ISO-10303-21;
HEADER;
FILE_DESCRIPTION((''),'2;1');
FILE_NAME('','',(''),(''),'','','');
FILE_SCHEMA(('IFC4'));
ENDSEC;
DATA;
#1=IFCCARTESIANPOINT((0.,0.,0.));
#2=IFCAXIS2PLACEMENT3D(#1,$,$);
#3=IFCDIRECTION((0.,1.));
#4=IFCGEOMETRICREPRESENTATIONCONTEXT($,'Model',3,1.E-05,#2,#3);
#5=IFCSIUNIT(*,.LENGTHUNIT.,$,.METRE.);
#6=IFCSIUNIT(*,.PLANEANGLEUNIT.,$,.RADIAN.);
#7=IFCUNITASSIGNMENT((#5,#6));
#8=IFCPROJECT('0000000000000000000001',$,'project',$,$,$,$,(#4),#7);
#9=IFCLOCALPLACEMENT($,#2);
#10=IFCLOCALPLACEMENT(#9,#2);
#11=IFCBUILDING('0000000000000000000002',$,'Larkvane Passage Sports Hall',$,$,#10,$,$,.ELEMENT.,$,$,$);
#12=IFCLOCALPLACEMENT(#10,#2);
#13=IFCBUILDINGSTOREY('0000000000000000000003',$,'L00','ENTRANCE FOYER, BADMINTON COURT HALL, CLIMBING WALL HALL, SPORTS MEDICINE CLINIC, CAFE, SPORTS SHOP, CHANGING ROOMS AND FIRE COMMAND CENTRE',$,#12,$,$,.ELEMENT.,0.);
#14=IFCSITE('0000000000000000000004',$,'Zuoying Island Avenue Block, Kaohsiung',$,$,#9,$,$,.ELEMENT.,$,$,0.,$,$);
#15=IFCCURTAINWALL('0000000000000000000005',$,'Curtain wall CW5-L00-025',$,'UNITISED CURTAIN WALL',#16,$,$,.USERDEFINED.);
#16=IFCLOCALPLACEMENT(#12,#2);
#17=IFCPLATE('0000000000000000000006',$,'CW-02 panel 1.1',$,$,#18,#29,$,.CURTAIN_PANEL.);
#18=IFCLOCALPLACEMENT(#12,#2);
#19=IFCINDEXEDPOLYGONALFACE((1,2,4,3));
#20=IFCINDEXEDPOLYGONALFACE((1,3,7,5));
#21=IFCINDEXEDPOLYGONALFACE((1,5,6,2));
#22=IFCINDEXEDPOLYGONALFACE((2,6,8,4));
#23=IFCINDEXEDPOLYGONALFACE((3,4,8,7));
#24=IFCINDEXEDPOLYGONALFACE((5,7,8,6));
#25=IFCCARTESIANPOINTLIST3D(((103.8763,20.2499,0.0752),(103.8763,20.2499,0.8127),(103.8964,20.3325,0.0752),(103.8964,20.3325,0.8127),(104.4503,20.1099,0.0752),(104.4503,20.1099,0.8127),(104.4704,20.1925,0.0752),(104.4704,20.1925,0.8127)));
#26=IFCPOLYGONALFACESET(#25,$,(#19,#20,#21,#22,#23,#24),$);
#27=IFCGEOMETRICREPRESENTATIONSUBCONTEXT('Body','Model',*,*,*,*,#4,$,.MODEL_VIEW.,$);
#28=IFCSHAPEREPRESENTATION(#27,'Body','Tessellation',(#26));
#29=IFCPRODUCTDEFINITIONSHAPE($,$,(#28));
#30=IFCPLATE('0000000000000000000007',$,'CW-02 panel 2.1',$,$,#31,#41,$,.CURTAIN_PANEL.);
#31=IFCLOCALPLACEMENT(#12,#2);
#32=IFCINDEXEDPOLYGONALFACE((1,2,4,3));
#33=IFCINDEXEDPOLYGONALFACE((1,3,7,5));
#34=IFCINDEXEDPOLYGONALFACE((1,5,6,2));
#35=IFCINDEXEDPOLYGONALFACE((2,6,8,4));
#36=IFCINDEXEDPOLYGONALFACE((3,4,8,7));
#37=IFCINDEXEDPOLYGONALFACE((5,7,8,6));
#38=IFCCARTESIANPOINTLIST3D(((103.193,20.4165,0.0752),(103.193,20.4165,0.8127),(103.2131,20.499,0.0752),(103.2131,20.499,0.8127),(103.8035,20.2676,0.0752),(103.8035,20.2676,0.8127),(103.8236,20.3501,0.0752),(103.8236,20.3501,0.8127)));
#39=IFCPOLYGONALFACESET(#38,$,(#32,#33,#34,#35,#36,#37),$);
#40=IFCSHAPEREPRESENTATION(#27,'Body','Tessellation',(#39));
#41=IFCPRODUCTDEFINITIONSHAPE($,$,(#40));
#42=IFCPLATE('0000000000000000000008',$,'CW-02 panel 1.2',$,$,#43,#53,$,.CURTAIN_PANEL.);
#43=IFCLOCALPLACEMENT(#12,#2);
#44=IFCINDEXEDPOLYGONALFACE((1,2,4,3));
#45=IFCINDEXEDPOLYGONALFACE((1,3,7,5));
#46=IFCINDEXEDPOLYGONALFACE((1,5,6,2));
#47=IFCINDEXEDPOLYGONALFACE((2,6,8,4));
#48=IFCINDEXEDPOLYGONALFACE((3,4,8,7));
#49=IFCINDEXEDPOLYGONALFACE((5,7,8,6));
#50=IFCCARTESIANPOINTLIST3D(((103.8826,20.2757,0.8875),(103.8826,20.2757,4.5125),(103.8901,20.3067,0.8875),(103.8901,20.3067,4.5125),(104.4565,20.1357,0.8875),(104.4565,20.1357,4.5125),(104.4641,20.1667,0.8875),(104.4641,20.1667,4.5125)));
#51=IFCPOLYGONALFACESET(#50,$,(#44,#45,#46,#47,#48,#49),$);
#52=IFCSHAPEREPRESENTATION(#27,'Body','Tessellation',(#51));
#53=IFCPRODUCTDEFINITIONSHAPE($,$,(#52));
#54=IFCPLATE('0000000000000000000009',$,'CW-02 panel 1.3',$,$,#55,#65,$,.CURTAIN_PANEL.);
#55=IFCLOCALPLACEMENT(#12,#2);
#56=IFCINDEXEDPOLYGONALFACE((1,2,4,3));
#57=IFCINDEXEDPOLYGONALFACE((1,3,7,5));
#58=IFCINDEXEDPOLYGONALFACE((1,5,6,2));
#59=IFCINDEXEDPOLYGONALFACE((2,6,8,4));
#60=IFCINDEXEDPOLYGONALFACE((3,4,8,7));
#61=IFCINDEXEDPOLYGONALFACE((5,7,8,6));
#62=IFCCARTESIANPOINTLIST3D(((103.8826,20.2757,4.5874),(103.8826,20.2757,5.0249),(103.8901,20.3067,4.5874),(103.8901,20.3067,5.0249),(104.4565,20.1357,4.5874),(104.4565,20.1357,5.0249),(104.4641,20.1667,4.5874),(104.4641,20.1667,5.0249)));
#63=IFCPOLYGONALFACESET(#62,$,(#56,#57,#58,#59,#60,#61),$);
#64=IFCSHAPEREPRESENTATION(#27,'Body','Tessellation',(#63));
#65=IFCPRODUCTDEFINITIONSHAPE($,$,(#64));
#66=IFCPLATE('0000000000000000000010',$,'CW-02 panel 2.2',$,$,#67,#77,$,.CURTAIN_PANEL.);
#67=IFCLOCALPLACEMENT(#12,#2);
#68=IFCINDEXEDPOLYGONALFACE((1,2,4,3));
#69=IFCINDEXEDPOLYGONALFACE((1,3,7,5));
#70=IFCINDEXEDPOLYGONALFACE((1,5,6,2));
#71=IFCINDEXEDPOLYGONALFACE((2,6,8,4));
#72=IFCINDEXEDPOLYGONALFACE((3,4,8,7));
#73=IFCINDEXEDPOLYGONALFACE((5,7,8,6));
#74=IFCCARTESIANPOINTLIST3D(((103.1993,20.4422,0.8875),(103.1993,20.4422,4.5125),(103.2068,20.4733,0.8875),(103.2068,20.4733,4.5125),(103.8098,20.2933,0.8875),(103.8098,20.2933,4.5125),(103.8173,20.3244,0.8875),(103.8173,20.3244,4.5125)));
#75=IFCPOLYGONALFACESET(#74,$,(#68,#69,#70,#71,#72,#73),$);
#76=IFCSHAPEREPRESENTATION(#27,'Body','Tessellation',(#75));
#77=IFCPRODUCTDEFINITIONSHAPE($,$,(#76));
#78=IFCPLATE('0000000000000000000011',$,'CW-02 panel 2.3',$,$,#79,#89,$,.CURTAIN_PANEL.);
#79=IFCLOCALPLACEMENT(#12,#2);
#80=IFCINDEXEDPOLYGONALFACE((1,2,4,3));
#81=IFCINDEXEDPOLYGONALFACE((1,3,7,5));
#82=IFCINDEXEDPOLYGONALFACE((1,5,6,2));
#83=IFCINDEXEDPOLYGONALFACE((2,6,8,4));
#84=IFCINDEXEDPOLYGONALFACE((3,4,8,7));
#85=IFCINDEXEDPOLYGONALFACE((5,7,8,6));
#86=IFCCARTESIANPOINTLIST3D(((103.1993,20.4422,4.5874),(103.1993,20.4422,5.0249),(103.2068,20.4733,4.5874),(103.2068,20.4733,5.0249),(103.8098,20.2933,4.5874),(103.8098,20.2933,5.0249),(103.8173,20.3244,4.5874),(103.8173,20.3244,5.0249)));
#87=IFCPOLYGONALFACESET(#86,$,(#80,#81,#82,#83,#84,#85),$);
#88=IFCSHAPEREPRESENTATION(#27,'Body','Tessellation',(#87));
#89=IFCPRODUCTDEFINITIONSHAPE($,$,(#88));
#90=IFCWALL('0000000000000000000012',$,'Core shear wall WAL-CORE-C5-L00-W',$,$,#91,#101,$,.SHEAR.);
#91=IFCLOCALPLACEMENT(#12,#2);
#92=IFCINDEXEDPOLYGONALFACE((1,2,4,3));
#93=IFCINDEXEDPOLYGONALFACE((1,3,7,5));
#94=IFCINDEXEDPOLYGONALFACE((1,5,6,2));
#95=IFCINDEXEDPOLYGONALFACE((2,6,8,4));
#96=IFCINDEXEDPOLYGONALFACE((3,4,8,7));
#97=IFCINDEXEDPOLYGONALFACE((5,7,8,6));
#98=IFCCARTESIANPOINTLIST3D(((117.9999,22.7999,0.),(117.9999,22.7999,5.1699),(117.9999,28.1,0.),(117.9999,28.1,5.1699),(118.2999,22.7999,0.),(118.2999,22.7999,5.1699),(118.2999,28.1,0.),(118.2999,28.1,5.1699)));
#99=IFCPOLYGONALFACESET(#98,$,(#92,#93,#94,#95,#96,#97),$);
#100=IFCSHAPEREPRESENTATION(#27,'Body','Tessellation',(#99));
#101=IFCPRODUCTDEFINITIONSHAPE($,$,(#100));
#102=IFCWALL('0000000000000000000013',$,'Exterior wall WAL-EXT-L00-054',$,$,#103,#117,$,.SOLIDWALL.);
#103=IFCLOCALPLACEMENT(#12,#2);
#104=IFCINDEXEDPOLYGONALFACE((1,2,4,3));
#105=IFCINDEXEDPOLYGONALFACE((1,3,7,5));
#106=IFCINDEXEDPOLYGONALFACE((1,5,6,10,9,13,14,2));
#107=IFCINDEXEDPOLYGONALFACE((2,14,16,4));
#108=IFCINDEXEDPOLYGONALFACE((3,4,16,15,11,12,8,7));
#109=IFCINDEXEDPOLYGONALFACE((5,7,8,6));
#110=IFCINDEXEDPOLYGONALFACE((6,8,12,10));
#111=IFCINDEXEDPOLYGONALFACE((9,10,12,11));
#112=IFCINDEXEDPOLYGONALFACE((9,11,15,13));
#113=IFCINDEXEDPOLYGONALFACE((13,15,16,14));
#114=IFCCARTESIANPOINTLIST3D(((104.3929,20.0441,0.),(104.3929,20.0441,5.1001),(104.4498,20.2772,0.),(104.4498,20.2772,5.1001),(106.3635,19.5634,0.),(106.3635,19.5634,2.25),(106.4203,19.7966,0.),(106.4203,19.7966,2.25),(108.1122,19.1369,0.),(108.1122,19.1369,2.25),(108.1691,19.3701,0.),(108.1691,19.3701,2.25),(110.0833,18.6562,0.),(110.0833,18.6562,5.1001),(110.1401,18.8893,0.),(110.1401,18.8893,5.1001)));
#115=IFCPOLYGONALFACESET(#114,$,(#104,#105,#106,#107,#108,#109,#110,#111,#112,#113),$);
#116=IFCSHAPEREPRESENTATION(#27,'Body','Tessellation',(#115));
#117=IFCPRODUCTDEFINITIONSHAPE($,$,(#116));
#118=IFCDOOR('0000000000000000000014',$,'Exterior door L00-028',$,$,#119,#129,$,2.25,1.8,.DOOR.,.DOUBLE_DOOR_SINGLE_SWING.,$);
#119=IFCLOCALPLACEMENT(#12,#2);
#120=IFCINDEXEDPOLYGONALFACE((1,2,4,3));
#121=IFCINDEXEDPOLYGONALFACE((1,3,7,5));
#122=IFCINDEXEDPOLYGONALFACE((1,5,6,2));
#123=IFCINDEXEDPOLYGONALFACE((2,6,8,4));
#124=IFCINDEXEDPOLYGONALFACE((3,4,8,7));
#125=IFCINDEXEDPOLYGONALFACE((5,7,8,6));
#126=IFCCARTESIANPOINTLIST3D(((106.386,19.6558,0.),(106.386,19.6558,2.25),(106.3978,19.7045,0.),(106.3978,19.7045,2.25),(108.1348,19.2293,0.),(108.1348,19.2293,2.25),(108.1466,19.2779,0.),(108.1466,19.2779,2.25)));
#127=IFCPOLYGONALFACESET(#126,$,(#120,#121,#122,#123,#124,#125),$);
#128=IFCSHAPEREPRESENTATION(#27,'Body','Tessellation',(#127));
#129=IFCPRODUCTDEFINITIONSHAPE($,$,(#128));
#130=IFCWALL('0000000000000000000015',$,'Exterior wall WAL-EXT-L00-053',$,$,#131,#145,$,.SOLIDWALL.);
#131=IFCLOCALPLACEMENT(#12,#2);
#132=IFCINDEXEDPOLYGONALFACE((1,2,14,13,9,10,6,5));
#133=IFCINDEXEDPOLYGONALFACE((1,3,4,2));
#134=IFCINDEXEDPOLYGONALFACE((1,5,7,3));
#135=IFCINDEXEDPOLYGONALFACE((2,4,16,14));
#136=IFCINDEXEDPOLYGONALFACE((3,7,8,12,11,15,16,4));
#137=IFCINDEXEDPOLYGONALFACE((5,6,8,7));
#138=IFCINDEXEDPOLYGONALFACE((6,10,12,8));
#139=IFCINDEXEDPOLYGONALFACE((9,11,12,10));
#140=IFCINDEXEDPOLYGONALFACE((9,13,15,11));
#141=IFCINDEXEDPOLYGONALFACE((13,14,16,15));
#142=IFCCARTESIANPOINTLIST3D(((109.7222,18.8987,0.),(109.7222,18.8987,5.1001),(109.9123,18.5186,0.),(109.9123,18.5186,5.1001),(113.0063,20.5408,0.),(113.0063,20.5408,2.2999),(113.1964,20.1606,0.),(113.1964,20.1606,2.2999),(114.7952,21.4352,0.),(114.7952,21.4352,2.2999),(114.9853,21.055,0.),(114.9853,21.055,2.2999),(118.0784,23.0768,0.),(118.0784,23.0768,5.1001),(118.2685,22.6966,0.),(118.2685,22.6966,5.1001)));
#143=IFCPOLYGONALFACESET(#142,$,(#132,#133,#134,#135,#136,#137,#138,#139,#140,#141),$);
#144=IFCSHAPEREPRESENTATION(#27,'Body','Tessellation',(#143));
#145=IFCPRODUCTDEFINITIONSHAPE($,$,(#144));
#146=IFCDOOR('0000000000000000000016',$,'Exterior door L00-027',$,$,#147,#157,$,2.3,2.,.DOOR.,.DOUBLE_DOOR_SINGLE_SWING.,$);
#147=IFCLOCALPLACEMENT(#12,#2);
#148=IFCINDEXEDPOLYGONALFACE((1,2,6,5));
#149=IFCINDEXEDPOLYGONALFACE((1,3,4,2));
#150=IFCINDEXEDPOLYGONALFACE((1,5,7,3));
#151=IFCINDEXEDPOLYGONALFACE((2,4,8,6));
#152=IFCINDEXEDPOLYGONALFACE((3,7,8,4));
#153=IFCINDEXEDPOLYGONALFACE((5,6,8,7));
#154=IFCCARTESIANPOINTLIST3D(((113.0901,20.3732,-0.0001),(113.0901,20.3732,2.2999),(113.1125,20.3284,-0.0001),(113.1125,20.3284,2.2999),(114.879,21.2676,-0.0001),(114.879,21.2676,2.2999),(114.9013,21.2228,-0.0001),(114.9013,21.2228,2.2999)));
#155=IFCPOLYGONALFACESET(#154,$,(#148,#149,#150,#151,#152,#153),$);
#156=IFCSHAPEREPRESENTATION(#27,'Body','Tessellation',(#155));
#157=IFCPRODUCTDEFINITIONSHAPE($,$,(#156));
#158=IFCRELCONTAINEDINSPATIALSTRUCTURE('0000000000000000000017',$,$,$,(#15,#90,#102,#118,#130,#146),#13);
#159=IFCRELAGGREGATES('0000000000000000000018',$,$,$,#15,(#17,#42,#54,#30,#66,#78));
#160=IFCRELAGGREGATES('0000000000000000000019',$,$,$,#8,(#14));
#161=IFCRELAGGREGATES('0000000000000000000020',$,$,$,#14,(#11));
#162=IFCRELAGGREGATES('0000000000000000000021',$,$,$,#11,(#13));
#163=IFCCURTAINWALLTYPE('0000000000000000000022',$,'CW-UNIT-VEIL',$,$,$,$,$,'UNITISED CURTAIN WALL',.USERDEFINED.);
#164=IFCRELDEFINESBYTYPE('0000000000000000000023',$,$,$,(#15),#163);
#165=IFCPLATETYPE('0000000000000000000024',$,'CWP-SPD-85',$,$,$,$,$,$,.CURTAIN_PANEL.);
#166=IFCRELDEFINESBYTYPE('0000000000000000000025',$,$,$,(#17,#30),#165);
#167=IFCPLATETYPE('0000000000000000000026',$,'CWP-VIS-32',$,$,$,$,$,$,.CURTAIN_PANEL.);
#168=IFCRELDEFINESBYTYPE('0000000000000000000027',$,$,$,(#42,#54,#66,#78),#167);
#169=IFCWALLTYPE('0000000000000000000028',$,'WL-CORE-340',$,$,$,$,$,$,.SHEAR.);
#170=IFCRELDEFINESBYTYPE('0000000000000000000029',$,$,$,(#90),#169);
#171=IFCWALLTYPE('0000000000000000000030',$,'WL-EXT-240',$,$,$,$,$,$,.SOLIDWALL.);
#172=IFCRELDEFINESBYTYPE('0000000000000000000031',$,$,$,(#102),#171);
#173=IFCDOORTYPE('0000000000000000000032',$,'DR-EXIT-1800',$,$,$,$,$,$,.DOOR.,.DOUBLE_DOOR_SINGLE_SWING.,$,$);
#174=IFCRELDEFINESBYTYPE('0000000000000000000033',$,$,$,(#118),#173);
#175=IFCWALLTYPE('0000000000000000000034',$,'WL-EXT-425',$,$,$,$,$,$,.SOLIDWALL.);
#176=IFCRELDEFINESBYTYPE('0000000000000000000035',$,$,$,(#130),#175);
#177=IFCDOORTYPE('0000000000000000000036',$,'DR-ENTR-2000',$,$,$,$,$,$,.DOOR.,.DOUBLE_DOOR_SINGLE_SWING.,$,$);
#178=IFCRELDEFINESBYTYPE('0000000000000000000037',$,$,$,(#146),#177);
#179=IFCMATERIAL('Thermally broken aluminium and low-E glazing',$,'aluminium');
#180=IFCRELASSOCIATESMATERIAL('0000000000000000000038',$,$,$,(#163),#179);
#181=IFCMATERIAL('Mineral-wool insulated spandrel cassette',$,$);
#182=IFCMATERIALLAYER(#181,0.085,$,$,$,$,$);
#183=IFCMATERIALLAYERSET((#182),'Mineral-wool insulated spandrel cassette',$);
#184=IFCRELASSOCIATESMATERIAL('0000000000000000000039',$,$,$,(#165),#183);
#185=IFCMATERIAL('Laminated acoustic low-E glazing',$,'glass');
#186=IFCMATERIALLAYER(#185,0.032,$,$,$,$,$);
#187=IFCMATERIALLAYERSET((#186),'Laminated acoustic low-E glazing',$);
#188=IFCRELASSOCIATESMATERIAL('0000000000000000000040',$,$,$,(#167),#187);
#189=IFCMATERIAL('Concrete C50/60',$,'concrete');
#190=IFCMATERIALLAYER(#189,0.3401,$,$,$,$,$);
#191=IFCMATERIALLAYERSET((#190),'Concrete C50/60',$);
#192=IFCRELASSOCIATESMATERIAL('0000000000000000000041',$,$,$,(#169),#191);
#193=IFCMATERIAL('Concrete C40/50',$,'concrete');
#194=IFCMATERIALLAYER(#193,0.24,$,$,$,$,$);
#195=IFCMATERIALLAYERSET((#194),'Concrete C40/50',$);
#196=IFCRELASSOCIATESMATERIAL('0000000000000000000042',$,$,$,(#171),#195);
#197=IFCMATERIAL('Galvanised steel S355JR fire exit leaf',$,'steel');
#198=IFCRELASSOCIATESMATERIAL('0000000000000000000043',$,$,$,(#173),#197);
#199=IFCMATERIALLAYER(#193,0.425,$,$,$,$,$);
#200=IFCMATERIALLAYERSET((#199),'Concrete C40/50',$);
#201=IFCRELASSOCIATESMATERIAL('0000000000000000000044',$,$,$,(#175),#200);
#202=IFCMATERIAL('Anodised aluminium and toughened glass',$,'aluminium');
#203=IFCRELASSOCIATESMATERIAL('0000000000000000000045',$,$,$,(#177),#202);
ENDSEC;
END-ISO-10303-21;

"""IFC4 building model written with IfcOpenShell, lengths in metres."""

from ifc_helpers import new_model, si_unit, direction, frame, frame_2d, origin, origin_2d, place, context, subcontext, project, spatial, rectangle, extrude, material, layer, layer_set, type_object, element, fill, aggregate, save


model = new_model("IFC4")

# Units and contexts
model_context = context("Model", 3, precision=1e-05, world=origin(), true_north=direction((0.0, 1.0)))
body_context = subcontext(model_context, "Body", "Model", "MODEL_VIEW")
ifc_project = project(units=[si_unit("LENGTHUNIT", "METRE"), si_unit("PLANEANGLEUNIT", "RADIAN")], contexts=[model_context])

# Site, building, storey
site_placement = place(None, origin())
site = spatial("IfcSite", under=ifc_project, at=site_placement, Name="Zuoying Island Avenue Block, Kaohsiung", CompositionType="ELEMENT", RefElevation=0.0)
building_placement = place(site_placement, origin())
building = spatial("IfcBuilding", under=site, at=building_placement, Name="Larkvane Passage Sports Hall", CompositionType="ELEMENT")
storey_placement = place(building_placement, origin())
storey = spatial("IfcBuildingStorey", under=building, at=storey_placement, Name="L00", Description="ENTRANCE FOYER, BADMINTON COURT HALL, CLIMBING WALL HALL, SPORTS MEDICINE CLINIC, CAFE, SPORTS SHOP, CHANGING ROOMS AND FIRE COMMAND CENTRE", CompositionType="ELEMENT", Elevation=0.0)

# Curtain wall, plates
ifc_material_1 = material(Name="Thermally broken aluminium and low-E glazing", Category="aluminium")
curtain_wall_type = type_object("IfcCurtainWallType", Name="CW-UNIT-VEIL", ElementType="UNITISED CURTAIN WALL", PredefinedType="USERDEFINED", material=ifc_material_1)
curtain_wall_placement = place(storey_placement, origin())
curtain_wall = element("IfcCurtainWall", 1, at=curtain_wall_placement, inside=storey, type_object=curtain_wall_type, Name="Curtain wall CW5-L00-025", ObjectType="UNITISED CURTAIN WALL", PredefinedType="USERDEFINED")
ifc_material_2 = material(Name="Mineral-wool insulated spandrel cassette")
ifc_layer_1 = layer(ifc_material_2, 0.085)
ifc_layer_set_1 = layer_set([ifc_layer_1], Name="Mineral-wool insulated spandrel cassette")
plate_type_1 = type_object("IfcPlateType", Name="CWP-SPD-85", PredefinedType="CURTAIN_PANEL", material=ifc_layer_set_1)
plate_1_placement = place(storey_placement, frame((104.1733, 20.2212, 0.0752), z_axis=(0.0, 0.0, 1.0), x_axis=(-0.971517, 0.23697, 0.0)))
plate_1 = element("IfcPlate", 2, at=plate_1_placement, type_object=plate_type_1, Name="CW-02 panel 1.1", PredefinedType="CURTAIN_PANEL", context=body_context, shape_type="SweptSolid", body=[
    extrude(rectangle(XDim=0.5908, YDim=0.085, at=origin_2d()), origin(), (0.0, 0.0, 1.0), 0.7375),
])
plate_2_placement = place(storey_placement, frame((103.5083, 20.3833, 0.0752), z_axis=(0.0, 0.0, 1.0), x_axis=(-0.971517, 0.23697, 0.0)))
plate_2 = element("IfcPlate", 3, at=plate_2_placement, type_object=plate_type_1, Name="CW-02 panel 2.1", PredefinedType="CURTAIN_PANEL", context=body_context, shape_type="SweptSolid", body=[
    extrude(rectangle(XDim=0.6284, YDim=0.085, at=origin_2d()), origin(), (0.0, 0.0, 1.0), 0.7375),
])
ifc_material_3 = material(Name="Laminated acoustic low-E glazing", Category="glass")
ifc_layer_2 = layer(ifc_material_3, 0.032)
ifc_layer_set_2 = layer_set([ifc_layer_2], Name="Laminated acoustic low-E glazing")
plate_type_2 = type_object("IfcPlateType", Name="CWP-VIS-32", PredefinedType="CURTAIN_PANEL", material=ifc_layer_set_2)
plate_3_placement = place(storey_placement, frame((104.1733, 20.2212, 0.8875), z_axis=(0.0, 0.0, 1.0), x_axis=(-0.971517, 0.23697, 0.0)))
plate_3 = element("IfcPlate", 4, at=plate_3_placement, type_object=plate_type_2, Name="CW-02 panel 1.2", PredefinedType="CURTAIN_PANEL", context=body_context, shape_type="SweptSolid", body=[
    extrude(rectangle(XDim=0.5908, YDim=0.032, at=origin_2d()), origin(), (0.0, 0.0, 1.0), 3.625),
])
plate_4_placement = place(storey_placement, frame((104.1733, 20.2212, 4.5874), z_axis=(0.0, 0.0, 1.0), x_axis=(-0.971517, 0.23697, 0.0)))
plate_4 = element("IfcPlate", 5, at=plate_4_placement, type_object=plate_type_2, Name="CW-02 panel 1.3", PredefinedType="CURTAIN_PANEL", context=body_context, shape_type="SweptSolid", body=[
    extrude(rectangle(XDim=0.5908, YDim=0.032, at=origin_2d()), origin(), (0.0, 0.0, 1.0), 0.4375),
])
plate_5_placement = place(storey_placement, frame((103.5083, 20.3833, 0.8875), z_axis=(0.0, 0.0, 1.0), x_axis=(-0.971517, 0.23697, 0.0)))
plate_5 = element("IfcPlate", 6, at=plate_5_placement, type_object=plate_type_2, Name="CW-02 panel 2.2", PredefinedType="CURTAIN_PANEL", context=body_context, shape_type="SweptSolid", body=[
    extrude(rectangle(XDim=0.6284, YDim=0.032, at=origin_2d()), origin(), (0.0, 0.0, 1.0), 3.625),
])
plate_6_placement = place(storey_placement, frame((103.5083, 20.3833, 4.5874), z_axis=(0.0, 0.0, 1.0), x_axis=(-0.971517, 0.23697, 0.0)))
plate_6 = element("IfcPlate", 7, at=plate_6_placement, type_object=plate_type_2, Name="CW-02 panel 2.3", PredefinedType="CURTAIN_PANEL", context=body_context, shape_type="SweptSolid", body=[
    extrude(rectangle(XDim=0.6284, YDim=0.032, at=origin_2d()), origin(), (0.0, 0.0, 1.0), 0.4375),
])
aggregate(curtain_wall, [plate_1, plate_3, plate_4, plate_2, plate_5, plate_6])

# Wall
ifc_material_4 = material(Name="Concrete C50/60", Category="concrete")
ifc_layer_3 = layer(ifc_material_4, 0.3401)
ifc_layer_set_3 = layer_set([ifc_layer_3], Name="Concrete C50/60")
wall_type_1 = type_object("IfcWallType", Name="WL-CORE-340", PredefinedType="SHEAR", material=ifc_layer_set_3)
wall_1_placement = place(storey_placement, frame((118.1499, 22.8, 0.0), z_axis=(0.0, 0.0, 1.0), x_axis=(0.0, 1.0, 0.0)))
element("IfcWall", 8, at=wall_1_placement, inside=storey, type_object=wall_type_1, Name="Core shear wall WAL-CORE-C5-L00-W", PredefinedType="SHEAR", context=body_context, shape_type="SweptSolid", body=[
    extrude(rectangle(XDim=5.3, YDim=0.3, at=frame_2d((2.6499, 0.0))), origin(), (0.0, 0.0, 1.0), 5.1699),
])

# Walls, openings, doors
ifc_material_5 = material(Name="Concrete C40/50", Category="concrete")
ifc_layer_4 = layer(ifc_material_5, 0.24)
ifc_layer_set_4 = layer_set([ifc_layer_4], Name="Concrete C40/50")
wall_type_2 = type_object("IfcWallType", Name="WL-EXT-240", PredefinedType="SOLIDWALL", material=ifc_layer_set_4)
wall_2_placement = place(storey_placement, frame((110.1118, 18.7727, 0.0), z_axis=(0.0, 0.0, 1.0), x_axis=(-0.971519, 0.236961, 0.0)))
wall_2 = element("IfcWall", 9, at=wall_2_placement, inside=storey, type_object=wall_type_2, Name="Exterior wall WAL-EXT-L00-054", PredefinedType="SOLIDWALL", context=body_context, shape_type="SweptSolid", body=[
    extrude(rectangle(XDim=5.8572, YDim=0.24, at=frame_2d((2.9287, 0.0))), origin(), (0.0, 0.0, 1.0), 5.1001),
])
opening_1_placement = place(wall_2_placement, frame((2.0291, 0.0, 0.0)))
opening_1 = element("IfcOpeningElement", 10, at=opening_1_placement, cuts=wall_2, PredefinedType="OPENING", context=body_context, shape_type="SweptSolid", body=[
    extrude(rectangle(XDim=1.8, YDim=2.25, at=frame_2d((0.8999, 1.125))), frame((0.0, 0.1299, 0.0), z_axis=(0.0, -1.0, 0.0), x_axis=(1.0, 0.0, 0.0)), (0.0, 0.0, 1.0), 0.26),
])
ifc_material_6 = material(Name="Galvanised steel S355JR fire exit leaf", Category="steel")
door_type_1 = type_object("IfcDoorType", Name="DR-EXIT-1800", OperationType="DOUBLE_DOOR_SINGLE_SWING", PredefinedType="DOOR", material=ifc_material_6)
door_1_placement = place(opening_1_placement, origin())
door_1 = element("IfcDoor", 11, at=door_1_placement, inside=storey, type_object=door_type_1, Name="Exterior door L00-028", OperationType="DOUBLE_DOOR_SINGLE_SWING", OverallHeight=2.25, OverallWidth=1.8, PredefinedType="DOOR", context=body_context, shape_type="SweptSolid", body=[
    extrude(rectangle(XDim=1.8, YDim=2.25, at=frame_2d((0.8999, 1.125))), frame((0.0, 0.0249, 0.0), z_axis=(0.0, -1.0, 0.0), x_axis=(1.0, 0.0, 0.0)), (0.0, 0.0, 1.0), 0.05),
])
fill(opening_1, door_1)
ifc_layer_5 = layer(ifc_material_5, 0.425)
ifc_layer_set_5 = layer_set([ifc_layer_5], Name="Concrete C40/50")
wall_type_3 = type_object("IfcWallType", Name="WL-EXT-425", PredefinedType="SOLIDWALL", material=ifc_layer_set_5)
wall_3_placement = place(storey_placement, frame((118.1736, 22.8867, 0.0), z_axis=(0.0, 0.0, 1.0), x_axis=(-0.894432, -0.447203, 0.0)))
wall_3 = element("IfcWall", 12, at=wall_3_placement, inside=storey, type_object=wall_type_3, Name="Exterior wall WAL-EXT-L00-053", PredefinedType="SOLIDWALL", context=body_context, shape_type="SweptSolid", body=[
    extrude(rectangle(XDim=9.3425, YDim=0.425, at=frame_2d((4.6714, 0.0))), origin(), (0.0, 0.0, 1.0), 5.1001),
])
opening_2_placement = place(wall_3_placement, frame((3.6709, 0.0, 0.0)))
opening_2 = element("IfcOpeningElement", 13, at=opening_2_placement, cuts=wall_3, PredefinedType="OPENING", context=body_context, shape_type="SweptSolid", body=[
    extrude(rectangle(XDim=2.0, YDim=2.3, at=frame_2d((1.0, 1.1499))), frame((0.0, 0.2224, 0.0), z_axis=(0.0, -1.0, 0.0), x_axis=(1.0, 0.0, 0.0)), (0.0, 0.0, 1.0), 0.4451),
])
ifc_material_7 = material(Name="Anodised aluminium and toughened glass", Category="aluminium")
door_type_2 = type_object("IfcDoorType", Name="DR-ENTR-2000", OperationType="DOUBLE_DOOR_SINGLE_SWING", PredefinedType="DOOR", material=ifc_material_7)
door_2_placement = place(opening_2_placement, origin())
door_2 = element("IfcDoor", 14, at=door_2_placement, inside=storey, type_object=door_type_2, Name="Exterior door L00-027", OperationType="DOUBLE_DOOR_SINGLE_SWING", OverallHeight=2.3, OverallWidth=2.0, PredefinedType="DOOR", context=body_context, shape_type="SweptSolid", body=[
    extrude(rectangle(XDim=2.0, YDim=2.3, at=frame_2d((1.0, 1.1499))), frame((0.0, 0.0249, 0.0), z_axis=(0.0, -1.0, 0.0), x_axis=(1.0, 0.0, 0.0)), (0.0, 0.0, 1.0), 0.05),
])
fill(opening_2, door_2)

save(model, "model.ifc")
